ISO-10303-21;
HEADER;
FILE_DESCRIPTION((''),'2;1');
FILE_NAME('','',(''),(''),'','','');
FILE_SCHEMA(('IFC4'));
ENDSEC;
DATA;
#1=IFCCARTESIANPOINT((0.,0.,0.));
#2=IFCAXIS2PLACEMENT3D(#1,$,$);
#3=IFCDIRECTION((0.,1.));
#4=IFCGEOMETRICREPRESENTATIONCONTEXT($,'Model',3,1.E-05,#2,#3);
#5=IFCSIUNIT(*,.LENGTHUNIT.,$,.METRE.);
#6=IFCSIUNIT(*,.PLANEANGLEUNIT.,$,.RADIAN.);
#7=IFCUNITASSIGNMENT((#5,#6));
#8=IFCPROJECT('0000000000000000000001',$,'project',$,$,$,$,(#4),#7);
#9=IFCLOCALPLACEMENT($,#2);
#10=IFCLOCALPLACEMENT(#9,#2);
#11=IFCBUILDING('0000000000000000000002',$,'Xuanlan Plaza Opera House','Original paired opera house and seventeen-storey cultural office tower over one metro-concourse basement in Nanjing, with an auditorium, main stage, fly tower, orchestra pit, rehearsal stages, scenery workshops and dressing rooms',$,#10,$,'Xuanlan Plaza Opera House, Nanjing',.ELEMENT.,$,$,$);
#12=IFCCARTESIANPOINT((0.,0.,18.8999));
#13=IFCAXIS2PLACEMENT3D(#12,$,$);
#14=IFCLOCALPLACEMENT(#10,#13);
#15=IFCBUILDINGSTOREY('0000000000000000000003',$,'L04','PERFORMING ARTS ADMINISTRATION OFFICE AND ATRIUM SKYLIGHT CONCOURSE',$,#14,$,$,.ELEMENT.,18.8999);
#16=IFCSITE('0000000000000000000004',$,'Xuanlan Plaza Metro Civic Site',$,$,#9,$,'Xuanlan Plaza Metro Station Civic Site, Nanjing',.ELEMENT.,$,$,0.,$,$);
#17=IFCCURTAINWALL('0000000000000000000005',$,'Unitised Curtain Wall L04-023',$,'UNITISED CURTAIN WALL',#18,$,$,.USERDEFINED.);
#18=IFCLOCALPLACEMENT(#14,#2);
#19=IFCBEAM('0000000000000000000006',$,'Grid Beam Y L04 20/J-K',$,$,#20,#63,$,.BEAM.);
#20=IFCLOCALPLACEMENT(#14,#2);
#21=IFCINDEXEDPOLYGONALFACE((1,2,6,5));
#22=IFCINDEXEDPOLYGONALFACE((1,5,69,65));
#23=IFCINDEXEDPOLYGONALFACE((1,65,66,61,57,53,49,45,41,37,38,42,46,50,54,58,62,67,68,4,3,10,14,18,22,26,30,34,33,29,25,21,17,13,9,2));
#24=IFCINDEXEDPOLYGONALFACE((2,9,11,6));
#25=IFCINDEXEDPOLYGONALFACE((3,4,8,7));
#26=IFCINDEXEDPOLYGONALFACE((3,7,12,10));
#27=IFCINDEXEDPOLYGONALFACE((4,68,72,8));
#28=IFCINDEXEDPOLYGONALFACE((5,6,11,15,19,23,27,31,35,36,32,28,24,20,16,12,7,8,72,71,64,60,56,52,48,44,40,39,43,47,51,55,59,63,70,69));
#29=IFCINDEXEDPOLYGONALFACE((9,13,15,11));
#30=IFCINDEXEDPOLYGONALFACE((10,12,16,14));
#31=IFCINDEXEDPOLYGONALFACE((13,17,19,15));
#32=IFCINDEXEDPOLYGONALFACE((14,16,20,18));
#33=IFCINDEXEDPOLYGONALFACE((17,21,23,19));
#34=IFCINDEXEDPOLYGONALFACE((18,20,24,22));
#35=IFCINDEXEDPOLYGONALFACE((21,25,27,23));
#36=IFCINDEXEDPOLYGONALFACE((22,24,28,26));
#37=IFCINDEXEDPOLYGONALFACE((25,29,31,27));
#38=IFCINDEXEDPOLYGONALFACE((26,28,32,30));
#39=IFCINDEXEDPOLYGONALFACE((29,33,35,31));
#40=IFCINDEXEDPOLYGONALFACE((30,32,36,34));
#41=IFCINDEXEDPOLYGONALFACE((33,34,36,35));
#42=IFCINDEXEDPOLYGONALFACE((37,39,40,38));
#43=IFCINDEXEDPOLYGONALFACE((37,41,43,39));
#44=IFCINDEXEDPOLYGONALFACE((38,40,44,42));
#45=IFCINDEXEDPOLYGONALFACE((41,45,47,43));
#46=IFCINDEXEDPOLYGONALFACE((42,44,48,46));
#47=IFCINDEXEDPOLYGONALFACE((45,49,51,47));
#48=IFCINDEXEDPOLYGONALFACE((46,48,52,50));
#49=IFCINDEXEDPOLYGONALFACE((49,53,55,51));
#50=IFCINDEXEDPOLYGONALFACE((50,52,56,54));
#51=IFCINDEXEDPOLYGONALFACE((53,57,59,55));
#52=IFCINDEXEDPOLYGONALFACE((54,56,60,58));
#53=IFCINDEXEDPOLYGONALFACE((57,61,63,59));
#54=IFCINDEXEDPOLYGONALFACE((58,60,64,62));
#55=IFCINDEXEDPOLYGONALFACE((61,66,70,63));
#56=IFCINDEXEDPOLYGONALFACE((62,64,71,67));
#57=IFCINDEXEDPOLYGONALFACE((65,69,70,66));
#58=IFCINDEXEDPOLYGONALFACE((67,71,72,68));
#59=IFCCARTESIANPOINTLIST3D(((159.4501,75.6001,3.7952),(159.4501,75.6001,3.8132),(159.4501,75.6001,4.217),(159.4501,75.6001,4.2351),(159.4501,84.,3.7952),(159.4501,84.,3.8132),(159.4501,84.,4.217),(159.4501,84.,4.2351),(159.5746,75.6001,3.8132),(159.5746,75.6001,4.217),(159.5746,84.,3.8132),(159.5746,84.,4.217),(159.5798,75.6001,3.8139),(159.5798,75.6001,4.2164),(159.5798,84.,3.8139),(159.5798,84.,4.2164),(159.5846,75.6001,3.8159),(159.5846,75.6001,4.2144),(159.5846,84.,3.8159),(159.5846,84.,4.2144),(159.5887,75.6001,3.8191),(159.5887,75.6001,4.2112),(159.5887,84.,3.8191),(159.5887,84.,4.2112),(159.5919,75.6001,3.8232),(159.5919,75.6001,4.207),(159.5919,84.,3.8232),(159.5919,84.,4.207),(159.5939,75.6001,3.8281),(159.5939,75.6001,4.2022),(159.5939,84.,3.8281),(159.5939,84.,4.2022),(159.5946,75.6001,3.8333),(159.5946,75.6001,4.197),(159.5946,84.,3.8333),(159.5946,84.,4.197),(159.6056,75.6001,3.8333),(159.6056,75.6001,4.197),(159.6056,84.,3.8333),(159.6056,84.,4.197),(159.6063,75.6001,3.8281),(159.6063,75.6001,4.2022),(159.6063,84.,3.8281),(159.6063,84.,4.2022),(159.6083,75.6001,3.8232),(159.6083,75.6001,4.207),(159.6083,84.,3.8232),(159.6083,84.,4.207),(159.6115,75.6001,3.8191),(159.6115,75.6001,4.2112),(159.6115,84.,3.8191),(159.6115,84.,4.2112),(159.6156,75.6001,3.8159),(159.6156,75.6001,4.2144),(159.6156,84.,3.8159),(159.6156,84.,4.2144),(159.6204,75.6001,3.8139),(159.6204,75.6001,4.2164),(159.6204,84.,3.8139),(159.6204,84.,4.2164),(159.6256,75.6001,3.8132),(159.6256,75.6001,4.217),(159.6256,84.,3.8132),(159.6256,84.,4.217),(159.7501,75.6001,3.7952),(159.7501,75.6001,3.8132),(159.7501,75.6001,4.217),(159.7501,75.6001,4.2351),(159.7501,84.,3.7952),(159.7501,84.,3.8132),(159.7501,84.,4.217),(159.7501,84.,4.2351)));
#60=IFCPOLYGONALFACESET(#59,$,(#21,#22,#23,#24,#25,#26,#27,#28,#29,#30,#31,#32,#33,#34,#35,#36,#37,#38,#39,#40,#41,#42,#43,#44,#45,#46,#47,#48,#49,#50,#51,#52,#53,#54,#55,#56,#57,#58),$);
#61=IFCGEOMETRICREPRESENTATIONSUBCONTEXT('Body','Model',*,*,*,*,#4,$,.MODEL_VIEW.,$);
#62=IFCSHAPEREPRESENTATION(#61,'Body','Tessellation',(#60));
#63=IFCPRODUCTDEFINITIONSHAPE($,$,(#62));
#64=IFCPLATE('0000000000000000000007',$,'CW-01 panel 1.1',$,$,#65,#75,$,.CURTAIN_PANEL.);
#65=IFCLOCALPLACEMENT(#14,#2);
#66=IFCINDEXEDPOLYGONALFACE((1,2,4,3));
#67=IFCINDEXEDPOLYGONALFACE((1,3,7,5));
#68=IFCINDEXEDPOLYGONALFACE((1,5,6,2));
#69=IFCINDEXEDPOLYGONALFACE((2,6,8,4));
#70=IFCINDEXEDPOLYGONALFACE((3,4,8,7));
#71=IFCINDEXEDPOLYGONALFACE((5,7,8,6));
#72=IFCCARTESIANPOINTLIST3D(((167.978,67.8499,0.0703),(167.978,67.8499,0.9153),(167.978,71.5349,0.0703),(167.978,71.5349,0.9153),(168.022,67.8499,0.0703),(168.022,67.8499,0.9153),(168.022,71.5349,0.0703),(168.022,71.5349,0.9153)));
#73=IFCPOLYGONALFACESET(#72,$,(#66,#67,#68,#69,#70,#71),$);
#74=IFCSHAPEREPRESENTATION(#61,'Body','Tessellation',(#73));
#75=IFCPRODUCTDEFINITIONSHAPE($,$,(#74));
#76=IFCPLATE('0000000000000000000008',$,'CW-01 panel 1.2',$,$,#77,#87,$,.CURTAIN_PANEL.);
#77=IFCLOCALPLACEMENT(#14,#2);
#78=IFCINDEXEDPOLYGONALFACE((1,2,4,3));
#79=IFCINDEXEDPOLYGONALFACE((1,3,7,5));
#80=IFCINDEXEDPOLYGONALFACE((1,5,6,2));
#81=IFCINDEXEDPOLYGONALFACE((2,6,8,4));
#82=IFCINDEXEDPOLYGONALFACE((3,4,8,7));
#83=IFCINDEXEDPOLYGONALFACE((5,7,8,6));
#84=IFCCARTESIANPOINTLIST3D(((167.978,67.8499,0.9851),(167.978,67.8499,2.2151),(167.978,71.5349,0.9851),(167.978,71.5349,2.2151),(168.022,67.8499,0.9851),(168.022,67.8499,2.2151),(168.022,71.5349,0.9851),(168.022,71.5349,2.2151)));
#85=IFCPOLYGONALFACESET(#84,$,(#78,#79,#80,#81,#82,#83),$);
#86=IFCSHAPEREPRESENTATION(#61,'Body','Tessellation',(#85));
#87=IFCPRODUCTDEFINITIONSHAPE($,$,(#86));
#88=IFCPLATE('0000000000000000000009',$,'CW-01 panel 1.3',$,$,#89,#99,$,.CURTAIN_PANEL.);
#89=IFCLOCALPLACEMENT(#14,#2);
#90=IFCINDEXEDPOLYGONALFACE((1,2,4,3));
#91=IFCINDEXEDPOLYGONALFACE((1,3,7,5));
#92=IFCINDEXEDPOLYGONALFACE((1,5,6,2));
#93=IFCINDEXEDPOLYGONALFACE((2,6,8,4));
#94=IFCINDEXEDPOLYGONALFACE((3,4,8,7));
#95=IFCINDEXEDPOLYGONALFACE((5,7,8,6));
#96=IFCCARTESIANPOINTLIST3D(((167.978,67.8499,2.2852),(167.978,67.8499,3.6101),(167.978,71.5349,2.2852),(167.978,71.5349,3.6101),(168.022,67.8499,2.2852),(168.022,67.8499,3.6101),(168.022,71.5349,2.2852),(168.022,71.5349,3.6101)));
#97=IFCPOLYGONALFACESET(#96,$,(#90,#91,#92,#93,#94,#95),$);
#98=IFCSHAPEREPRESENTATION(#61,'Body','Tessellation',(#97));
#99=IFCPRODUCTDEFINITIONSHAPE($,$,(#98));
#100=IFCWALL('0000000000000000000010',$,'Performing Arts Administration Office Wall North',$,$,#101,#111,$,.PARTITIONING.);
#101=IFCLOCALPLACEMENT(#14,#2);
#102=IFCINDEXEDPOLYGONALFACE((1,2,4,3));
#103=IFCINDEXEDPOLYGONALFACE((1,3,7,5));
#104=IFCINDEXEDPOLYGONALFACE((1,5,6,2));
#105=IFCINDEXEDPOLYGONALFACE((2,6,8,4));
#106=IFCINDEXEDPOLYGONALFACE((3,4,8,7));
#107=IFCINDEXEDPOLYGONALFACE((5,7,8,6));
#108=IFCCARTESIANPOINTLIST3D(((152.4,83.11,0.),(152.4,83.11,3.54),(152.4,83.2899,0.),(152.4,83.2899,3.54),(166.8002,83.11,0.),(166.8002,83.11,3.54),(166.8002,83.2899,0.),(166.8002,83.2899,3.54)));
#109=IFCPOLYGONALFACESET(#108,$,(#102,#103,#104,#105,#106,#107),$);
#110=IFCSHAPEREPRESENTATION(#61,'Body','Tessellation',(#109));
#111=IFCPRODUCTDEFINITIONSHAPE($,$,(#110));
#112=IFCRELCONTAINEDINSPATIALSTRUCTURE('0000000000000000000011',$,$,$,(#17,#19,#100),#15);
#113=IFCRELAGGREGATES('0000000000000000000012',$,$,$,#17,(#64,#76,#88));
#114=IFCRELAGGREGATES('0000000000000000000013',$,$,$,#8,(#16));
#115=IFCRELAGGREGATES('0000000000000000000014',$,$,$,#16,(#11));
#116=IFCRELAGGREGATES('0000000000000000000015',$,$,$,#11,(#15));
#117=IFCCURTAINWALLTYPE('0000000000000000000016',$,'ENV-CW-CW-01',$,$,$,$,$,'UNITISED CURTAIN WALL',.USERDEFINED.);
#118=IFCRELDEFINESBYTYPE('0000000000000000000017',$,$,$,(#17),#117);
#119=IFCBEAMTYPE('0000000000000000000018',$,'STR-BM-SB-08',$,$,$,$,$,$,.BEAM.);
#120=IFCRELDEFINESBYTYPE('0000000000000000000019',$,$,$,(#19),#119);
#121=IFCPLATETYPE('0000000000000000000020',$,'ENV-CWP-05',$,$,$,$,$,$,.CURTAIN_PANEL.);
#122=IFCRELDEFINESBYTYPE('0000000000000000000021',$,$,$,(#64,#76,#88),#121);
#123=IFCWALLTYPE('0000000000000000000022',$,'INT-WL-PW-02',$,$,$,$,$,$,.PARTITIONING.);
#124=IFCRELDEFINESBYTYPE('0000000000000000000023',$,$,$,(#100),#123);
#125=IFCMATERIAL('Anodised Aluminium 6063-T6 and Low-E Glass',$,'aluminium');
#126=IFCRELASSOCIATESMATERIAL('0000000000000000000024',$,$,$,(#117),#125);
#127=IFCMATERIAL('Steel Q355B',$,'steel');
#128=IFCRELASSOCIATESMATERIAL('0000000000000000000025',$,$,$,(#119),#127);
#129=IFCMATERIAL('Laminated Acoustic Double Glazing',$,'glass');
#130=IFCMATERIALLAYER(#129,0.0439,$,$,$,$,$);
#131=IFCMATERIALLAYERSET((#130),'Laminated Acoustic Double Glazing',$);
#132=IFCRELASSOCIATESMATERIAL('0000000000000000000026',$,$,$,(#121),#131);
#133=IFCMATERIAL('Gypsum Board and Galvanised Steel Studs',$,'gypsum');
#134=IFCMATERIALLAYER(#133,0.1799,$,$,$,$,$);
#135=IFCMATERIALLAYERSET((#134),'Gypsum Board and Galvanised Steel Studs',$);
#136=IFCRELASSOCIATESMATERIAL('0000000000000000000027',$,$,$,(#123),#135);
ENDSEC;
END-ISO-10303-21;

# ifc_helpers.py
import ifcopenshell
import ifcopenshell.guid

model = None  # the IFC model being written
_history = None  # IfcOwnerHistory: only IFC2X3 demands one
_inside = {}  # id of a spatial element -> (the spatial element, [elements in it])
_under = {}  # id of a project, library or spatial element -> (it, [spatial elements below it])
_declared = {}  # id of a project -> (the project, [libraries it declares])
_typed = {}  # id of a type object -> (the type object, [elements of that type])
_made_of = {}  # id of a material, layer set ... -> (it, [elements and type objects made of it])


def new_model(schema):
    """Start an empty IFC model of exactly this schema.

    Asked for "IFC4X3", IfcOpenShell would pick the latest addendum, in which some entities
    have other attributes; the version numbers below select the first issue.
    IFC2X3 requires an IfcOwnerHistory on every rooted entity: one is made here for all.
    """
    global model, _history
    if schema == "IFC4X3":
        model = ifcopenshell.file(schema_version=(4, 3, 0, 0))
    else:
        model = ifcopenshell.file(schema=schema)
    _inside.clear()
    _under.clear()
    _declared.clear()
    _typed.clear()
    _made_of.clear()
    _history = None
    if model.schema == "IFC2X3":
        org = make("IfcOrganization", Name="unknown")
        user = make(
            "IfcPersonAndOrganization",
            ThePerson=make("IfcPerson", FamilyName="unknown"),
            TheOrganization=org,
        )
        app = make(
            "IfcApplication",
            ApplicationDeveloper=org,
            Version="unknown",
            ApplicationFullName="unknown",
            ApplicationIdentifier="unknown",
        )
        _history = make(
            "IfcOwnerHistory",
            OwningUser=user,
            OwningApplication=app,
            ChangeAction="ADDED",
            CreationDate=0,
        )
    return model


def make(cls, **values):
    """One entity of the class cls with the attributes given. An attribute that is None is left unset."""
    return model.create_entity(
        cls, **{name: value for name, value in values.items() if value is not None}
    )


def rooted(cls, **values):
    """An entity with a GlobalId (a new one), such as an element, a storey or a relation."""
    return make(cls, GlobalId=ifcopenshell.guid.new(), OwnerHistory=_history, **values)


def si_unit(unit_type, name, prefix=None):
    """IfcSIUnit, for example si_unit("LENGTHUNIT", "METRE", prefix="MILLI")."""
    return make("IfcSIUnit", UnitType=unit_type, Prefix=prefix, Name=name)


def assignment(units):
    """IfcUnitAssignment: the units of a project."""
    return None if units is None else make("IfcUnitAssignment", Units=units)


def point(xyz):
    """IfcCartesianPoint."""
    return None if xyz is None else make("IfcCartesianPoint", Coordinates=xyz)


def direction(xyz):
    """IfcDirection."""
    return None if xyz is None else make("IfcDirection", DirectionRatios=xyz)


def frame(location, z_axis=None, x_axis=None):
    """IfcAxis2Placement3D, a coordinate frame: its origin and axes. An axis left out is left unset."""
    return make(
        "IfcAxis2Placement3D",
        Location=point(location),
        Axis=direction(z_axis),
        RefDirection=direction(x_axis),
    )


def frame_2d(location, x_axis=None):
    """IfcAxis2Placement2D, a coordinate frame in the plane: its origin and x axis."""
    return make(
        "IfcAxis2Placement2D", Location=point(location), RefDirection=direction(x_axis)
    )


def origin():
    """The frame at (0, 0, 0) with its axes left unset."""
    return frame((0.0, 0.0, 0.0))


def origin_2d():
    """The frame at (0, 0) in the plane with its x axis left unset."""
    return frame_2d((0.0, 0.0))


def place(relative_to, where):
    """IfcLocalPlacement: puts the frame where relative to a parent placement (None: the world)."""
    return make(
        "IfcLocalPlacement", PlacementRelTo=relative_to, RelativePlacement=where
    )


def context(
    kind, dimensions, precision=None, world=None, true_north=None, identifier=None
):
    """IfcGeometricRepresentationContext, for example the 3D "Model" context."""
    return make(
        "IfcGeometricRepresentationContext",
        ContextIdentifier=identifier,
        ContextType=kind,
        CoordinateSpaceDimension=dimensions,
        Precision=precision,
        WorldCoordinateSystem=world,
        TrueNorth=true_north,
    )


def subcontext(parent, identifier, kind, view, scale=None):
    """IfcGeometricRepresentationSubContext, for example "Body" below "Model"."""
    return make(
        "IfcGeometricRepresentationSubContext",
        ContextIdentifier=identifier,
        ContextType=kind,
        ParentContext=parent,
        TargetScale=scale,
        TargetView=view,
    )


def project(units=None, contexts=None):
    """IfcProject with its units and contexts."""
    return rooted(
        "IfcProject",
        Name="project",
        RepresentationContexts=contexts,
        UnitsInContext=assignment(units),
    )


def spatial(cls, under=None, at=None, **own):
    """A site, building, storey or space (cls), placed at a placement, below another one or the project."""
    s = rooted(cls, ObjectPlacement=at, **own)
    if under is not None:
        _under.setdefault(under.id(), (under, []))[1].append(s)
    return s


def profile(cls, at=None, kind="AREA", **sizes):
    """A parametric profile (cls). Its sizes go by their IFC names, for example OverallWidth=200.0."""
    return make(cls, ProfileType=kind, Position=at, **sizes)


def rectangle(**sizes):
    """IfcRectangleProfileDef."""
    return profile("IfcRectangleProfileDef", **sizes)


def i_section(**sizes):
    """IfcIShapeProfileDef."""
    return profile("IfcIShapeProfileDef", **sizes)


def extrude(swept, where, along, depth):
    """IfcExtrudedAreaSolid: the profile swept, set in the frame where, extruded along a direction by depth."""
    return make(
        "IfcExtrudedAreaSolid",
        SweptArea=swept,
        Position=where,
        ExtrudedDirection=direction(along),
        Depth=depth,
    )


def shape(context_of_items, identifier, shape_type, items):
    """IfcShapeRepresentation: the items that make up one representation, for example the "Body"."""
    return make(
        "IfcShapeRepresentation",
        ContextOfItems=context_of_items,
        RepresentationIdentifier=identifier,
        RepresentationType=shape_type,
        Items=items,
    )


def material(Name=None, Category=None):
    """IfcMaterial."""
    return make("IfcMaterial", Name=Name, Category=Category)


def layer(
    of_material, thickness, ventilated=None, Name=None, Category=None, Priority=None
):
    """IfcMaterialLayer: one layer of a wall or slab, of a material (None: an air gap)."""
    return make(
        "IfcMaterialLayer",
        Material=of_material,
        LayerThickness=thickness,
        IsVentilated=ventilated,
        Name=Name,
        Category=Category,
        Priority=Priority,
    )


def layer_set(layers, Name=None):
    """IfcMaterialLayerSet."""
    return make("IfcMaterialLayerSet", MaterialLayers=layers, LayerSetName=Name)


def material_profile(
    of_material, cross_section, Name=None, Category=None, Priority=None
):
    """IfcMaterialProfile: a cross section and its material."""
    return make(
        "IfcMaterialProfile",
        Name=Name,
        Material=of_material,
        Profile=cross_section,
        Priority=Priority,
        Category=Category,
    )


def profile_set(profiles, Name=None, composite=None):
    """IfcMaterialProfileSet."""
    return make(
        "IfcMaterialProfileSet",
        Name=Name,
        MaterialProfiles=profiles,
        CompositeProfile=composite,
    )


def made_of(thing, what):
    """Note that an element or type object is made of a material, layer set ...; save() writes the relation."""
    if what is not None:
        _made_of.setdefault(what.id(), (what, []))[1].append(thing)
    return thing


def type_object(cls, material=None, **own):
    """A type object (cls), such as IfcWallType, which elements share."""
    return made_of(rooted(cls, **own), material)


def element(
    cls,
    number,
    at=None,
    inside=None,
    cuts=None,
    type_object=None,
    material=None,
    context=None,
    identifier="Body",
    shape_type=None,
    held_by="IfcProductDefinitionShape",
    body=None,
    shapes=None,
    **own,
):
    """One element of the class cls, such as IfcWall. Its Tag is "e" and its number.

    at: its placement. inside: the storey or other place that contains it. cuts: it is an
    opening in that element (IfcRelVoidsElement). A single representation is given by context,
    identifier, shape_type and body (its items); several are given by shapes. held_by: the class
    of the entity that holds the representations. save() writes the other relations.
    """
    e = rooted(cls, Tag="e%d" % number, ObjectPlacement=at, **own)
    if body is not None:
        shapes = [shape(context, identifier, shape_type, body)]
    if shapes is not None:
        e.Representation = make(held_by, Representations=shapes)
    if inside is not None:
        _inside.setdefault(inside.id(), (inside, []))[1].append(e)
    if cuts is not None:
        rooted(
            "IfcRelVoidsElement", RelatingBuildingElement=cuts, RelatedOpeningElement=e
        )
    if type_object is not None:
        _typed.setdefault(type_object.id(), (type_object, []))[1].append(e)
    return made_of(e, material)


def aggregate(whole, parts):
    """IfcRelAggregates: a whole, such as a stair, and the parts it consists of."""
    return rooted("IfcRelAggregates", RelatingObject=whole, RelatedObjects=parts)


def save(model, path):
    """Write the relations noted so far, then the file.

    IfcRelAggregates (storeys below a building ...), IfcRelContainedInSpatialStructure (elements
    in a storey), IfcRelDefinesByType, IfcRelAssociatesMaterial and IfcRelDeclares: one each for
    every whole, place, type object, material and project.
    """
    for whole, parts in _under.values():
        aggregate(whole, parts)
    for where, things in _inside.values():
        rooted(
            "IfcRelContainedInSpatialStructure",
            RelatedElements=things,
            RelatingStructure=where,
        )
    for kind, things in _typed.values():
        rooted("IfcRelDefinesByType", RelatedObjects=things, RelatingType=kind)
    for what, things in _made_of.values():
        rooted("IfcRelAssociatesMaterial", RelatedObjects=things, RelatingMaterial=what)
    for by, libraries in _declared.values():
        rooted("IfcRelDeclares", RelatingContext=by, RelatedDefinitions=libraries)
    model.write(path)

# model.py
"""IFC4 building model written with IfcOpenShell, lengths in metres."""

from ifc_helpers import new_model, si_unit, direction, frame, frame_2d, origin, origin_2d, place, context, subcontext, project, spatial, rectangle, i_section, extrude, material, layer, layer_set, material_profile, profile_set, type_object, element, aggregate, save


model = new_model("IFC4")

# Units and contexts
model_context = context("Model", 3, precision=1e-05, world=origin(), true_north=direction((0.0, 1.0)))
body_context = subcontext(model_context, "Body", "Model", "MODEL_VIEW")
ifc_project = project(units=[si_unit("LENGTHUNIT", "METRE"), si_unit("PLANEANGLEUNIT", "RADIAN")], contexts=[model_context])

# Site, building, storey
site_placement = place(None, origin())
site = spatial("IfcSite", under=ifc_project, at=site_placement, Name="Xuanlan Plaza Metro Civic Site", LongName="Xuanlan Plaza Metro Station Civic Site, Nanjing", CompositionType="ELEMENT", RefElevation=0.0)
building_placement = place(site_placement, origin())
building = spatial("IfcBuilding", under=site, at=building_placement, Name="Xuanlan Plaza Opera House", Description="Original paired opera house and seventeen-storey cultural office tower over one metro-concourse basement in Nanjing, with an auditorium, main stage, fly tower, orchestra pit, rehearsal stages, scenery workshops and dressing rooms", LongName="Xuanlan Plaza Opera House, Nanjing", CompositionType="ELEMENT")
storey_placement = place(building_placement, frame((0.0, 0.0, 18.8999)))
storey = spatial("IfcBuildingStorey", under=building, at=storey_placement, Name="L04", Description="PERFORMING ARTS ADMINISTRATION OFFICE AND ATRIUM SKYLIGHT CONCOURSE", CompositionType="ELEMENT", Elevation=18.8999)

# Shared definitions
ifc_material_1 = material(Name="Steel Q355B", Category="steel")

# Curtain wall
ifc_material_2 = material(Name="Anodised Aluminium 6063-T6 and Low-E Glass", Category="aluminium")
curtain_wall_type = type_object("IfcCurtainWallType", Name="ENV-CW-CW-01", ElementType="UNITISED CURTAIN WALL", PredefinedType="USERDEFINED", material=ifc_material_2)
curtain_wall_placement = place(storey_placement, origin())
curtain_wall = element("IfcCurtainWall", 1, at=curtain_wall_placement, inside=storey, type_object=curtain_wall_type, Name="Unitised Curtain Wall L04-023", ObjectType="UNITISED CURTAIN WALL", PredefinedType="USERDEFINED")

# Beam
ifc_material_profile_1 = material_profile(ifc_material_1, i_section(OverallWidth=0.3, OverallDepth=0.4399, WebThickness=0.011, FlangeThickness=0.0181, FilletRadius=0.02, at=origin_2d()), Name="HM 440x300x11x18")
ifc_profile_set_1 = profile_set([ifc_material_profile_1], Name="Steel Q355B")
beam_type_1 = type_object("IfcBeamType", Name="STR-BM-SB-08", PredefinedType="BEAM", material=ifc_profile_set_1)
beam_1_placement = place(storey_placement, frame((159.6001, 75.6001, 4.0151), z_axis=(0.0, 1.0, 0.0), x_axis=(-1.0, 0.0, 0.0)))
element("IfcBeam", 2, at=beam_1_placement, inside=storey, type_object=beam_type_1, Name="Grid Beam Y L04 20/J-K", PredefinedType="BEAM", context=body_context, shape_type="SweptSolid", body=[
    extrude(i_section(OverallWidth=0.3, OverallDepth=0.4399, WebThickness=0.011, FlangeThickness=0.0181, FilletRadius=0.02, at=origin_2d()), origin(), (0.0, 0.0, 1.0), 8.3999),
])

# Plates
ifc_material_3 = material(Name="Laminated Acoustic Double Glazing", Category="glass")
ifc_layer_1 = layer(ifc_material_3, 0.0439)
ifc_layer_set_1 = layer_set([ifc_layer_1], Name="Laminated Acoustic Double Glazing")
plate_type = type_object("IfcPlateType", Name="ENV-CWP-05", PredefinedType="CURTAIN_PANEL", material=ifc_layer_set_1)
plate_1_placement = place(storey_placement, frame((168.0, 69.6924, 0.0703), z_axis=(0.0, 0.0, 1.0), x_axis=(0.0, 1.0, 0.0)))
plate_1 = element("IfcPlate", 3, at=plate_1_placement, type_object=plate_type, Name="CW-01 panel 1.1", PredefinedType="CURTAIN_PANEL", context=body_context, shape_type="SweptSolid", body=[
    extrude(rectangle(XDim=3.6851, YDim=0.0439, at=origin_2d()), origin(), (0.0, 0.0, 1.0), 0.845),
])
plate_2_placement = place(storey_placement, frame((168.0, 69.6924, 0.9851), z_axis=(0.0, 0.0, 1.0), x_axis=(0.0, 1.0, 0.0)))
plate_2 = element("IfcPlate", 4, at=plate_2_placement, type_object=plate_type, Name="CW-01 panel 1.2", PredefinedType="CURTAIN_PANEL", context=body_context, shape_type="SweptSolid", body=[
    extrude(rectangle(XDim=3.6851, YDim=0.0439, at=origin_2d()), origin(), (0.0, 0.0, 1.0), 1.23),
])
plate_3_placement = place(storey_placement, frame((168.0, 69.6924, 2.2852), z_axis=(0.0, 0.0, 1.0), x_axis=(0.0, 1.0, 0.0)))
plate_3 = element("IfcPlate", 5, at=plate_3_placement, type_object=plate_type, Name="CW-01 panel 1.3", PredefinedType="CURTAIN_PANEL", context=body_context, shape_type="SweptSolid", body=[
    extrude(rectangle(XDim=3.6851, YDim=0.0439, at=origin_2d()), origin(), (0.0, 0.0, 1.0), 1.325),
])
aggregate(curtain_wall, [plate_1, plate_2, plate_3])

# Wall
ifc_material_4 = material(Name="Gypsum Board and Galvanised Steel Studs", Category="gypsum")
ifc_layer_2 = layer(ifc_material_4, 0.1799)
ifc_layer_set_2 = layer_set([ifc_layer_2], Name="Gypsum Board and Galvanised Steel Studs")
wall_type = type_object("IfcWallType", Name="INT-WL-PW-02", PredefinedType="PARTITIONING", material=ifc_layer_set_2)
wall_placement = place(storey_placement, frame((152.3999, 83.2, 0.0), z_axis=(0.0, 0.0, 1.0), x_axis=(1.0, 0.0, 0.0)))
element("IfcWall", 6, at=wall_placement, inside=storey, type_object=wall_type, Name="Performing Arts Administration Office Wall North", PredefinedType="PARTITIONING", context=body_context, shape_type="SweptSolid", body=[
    extrude(rectangle(XDim=14.4001, YDim=0.1799, at=frame_2d((7.2002, 0.0))), origin(), (0.0, 0.0, 1.0), 3.54),
])

save(model, "model.ifc")
